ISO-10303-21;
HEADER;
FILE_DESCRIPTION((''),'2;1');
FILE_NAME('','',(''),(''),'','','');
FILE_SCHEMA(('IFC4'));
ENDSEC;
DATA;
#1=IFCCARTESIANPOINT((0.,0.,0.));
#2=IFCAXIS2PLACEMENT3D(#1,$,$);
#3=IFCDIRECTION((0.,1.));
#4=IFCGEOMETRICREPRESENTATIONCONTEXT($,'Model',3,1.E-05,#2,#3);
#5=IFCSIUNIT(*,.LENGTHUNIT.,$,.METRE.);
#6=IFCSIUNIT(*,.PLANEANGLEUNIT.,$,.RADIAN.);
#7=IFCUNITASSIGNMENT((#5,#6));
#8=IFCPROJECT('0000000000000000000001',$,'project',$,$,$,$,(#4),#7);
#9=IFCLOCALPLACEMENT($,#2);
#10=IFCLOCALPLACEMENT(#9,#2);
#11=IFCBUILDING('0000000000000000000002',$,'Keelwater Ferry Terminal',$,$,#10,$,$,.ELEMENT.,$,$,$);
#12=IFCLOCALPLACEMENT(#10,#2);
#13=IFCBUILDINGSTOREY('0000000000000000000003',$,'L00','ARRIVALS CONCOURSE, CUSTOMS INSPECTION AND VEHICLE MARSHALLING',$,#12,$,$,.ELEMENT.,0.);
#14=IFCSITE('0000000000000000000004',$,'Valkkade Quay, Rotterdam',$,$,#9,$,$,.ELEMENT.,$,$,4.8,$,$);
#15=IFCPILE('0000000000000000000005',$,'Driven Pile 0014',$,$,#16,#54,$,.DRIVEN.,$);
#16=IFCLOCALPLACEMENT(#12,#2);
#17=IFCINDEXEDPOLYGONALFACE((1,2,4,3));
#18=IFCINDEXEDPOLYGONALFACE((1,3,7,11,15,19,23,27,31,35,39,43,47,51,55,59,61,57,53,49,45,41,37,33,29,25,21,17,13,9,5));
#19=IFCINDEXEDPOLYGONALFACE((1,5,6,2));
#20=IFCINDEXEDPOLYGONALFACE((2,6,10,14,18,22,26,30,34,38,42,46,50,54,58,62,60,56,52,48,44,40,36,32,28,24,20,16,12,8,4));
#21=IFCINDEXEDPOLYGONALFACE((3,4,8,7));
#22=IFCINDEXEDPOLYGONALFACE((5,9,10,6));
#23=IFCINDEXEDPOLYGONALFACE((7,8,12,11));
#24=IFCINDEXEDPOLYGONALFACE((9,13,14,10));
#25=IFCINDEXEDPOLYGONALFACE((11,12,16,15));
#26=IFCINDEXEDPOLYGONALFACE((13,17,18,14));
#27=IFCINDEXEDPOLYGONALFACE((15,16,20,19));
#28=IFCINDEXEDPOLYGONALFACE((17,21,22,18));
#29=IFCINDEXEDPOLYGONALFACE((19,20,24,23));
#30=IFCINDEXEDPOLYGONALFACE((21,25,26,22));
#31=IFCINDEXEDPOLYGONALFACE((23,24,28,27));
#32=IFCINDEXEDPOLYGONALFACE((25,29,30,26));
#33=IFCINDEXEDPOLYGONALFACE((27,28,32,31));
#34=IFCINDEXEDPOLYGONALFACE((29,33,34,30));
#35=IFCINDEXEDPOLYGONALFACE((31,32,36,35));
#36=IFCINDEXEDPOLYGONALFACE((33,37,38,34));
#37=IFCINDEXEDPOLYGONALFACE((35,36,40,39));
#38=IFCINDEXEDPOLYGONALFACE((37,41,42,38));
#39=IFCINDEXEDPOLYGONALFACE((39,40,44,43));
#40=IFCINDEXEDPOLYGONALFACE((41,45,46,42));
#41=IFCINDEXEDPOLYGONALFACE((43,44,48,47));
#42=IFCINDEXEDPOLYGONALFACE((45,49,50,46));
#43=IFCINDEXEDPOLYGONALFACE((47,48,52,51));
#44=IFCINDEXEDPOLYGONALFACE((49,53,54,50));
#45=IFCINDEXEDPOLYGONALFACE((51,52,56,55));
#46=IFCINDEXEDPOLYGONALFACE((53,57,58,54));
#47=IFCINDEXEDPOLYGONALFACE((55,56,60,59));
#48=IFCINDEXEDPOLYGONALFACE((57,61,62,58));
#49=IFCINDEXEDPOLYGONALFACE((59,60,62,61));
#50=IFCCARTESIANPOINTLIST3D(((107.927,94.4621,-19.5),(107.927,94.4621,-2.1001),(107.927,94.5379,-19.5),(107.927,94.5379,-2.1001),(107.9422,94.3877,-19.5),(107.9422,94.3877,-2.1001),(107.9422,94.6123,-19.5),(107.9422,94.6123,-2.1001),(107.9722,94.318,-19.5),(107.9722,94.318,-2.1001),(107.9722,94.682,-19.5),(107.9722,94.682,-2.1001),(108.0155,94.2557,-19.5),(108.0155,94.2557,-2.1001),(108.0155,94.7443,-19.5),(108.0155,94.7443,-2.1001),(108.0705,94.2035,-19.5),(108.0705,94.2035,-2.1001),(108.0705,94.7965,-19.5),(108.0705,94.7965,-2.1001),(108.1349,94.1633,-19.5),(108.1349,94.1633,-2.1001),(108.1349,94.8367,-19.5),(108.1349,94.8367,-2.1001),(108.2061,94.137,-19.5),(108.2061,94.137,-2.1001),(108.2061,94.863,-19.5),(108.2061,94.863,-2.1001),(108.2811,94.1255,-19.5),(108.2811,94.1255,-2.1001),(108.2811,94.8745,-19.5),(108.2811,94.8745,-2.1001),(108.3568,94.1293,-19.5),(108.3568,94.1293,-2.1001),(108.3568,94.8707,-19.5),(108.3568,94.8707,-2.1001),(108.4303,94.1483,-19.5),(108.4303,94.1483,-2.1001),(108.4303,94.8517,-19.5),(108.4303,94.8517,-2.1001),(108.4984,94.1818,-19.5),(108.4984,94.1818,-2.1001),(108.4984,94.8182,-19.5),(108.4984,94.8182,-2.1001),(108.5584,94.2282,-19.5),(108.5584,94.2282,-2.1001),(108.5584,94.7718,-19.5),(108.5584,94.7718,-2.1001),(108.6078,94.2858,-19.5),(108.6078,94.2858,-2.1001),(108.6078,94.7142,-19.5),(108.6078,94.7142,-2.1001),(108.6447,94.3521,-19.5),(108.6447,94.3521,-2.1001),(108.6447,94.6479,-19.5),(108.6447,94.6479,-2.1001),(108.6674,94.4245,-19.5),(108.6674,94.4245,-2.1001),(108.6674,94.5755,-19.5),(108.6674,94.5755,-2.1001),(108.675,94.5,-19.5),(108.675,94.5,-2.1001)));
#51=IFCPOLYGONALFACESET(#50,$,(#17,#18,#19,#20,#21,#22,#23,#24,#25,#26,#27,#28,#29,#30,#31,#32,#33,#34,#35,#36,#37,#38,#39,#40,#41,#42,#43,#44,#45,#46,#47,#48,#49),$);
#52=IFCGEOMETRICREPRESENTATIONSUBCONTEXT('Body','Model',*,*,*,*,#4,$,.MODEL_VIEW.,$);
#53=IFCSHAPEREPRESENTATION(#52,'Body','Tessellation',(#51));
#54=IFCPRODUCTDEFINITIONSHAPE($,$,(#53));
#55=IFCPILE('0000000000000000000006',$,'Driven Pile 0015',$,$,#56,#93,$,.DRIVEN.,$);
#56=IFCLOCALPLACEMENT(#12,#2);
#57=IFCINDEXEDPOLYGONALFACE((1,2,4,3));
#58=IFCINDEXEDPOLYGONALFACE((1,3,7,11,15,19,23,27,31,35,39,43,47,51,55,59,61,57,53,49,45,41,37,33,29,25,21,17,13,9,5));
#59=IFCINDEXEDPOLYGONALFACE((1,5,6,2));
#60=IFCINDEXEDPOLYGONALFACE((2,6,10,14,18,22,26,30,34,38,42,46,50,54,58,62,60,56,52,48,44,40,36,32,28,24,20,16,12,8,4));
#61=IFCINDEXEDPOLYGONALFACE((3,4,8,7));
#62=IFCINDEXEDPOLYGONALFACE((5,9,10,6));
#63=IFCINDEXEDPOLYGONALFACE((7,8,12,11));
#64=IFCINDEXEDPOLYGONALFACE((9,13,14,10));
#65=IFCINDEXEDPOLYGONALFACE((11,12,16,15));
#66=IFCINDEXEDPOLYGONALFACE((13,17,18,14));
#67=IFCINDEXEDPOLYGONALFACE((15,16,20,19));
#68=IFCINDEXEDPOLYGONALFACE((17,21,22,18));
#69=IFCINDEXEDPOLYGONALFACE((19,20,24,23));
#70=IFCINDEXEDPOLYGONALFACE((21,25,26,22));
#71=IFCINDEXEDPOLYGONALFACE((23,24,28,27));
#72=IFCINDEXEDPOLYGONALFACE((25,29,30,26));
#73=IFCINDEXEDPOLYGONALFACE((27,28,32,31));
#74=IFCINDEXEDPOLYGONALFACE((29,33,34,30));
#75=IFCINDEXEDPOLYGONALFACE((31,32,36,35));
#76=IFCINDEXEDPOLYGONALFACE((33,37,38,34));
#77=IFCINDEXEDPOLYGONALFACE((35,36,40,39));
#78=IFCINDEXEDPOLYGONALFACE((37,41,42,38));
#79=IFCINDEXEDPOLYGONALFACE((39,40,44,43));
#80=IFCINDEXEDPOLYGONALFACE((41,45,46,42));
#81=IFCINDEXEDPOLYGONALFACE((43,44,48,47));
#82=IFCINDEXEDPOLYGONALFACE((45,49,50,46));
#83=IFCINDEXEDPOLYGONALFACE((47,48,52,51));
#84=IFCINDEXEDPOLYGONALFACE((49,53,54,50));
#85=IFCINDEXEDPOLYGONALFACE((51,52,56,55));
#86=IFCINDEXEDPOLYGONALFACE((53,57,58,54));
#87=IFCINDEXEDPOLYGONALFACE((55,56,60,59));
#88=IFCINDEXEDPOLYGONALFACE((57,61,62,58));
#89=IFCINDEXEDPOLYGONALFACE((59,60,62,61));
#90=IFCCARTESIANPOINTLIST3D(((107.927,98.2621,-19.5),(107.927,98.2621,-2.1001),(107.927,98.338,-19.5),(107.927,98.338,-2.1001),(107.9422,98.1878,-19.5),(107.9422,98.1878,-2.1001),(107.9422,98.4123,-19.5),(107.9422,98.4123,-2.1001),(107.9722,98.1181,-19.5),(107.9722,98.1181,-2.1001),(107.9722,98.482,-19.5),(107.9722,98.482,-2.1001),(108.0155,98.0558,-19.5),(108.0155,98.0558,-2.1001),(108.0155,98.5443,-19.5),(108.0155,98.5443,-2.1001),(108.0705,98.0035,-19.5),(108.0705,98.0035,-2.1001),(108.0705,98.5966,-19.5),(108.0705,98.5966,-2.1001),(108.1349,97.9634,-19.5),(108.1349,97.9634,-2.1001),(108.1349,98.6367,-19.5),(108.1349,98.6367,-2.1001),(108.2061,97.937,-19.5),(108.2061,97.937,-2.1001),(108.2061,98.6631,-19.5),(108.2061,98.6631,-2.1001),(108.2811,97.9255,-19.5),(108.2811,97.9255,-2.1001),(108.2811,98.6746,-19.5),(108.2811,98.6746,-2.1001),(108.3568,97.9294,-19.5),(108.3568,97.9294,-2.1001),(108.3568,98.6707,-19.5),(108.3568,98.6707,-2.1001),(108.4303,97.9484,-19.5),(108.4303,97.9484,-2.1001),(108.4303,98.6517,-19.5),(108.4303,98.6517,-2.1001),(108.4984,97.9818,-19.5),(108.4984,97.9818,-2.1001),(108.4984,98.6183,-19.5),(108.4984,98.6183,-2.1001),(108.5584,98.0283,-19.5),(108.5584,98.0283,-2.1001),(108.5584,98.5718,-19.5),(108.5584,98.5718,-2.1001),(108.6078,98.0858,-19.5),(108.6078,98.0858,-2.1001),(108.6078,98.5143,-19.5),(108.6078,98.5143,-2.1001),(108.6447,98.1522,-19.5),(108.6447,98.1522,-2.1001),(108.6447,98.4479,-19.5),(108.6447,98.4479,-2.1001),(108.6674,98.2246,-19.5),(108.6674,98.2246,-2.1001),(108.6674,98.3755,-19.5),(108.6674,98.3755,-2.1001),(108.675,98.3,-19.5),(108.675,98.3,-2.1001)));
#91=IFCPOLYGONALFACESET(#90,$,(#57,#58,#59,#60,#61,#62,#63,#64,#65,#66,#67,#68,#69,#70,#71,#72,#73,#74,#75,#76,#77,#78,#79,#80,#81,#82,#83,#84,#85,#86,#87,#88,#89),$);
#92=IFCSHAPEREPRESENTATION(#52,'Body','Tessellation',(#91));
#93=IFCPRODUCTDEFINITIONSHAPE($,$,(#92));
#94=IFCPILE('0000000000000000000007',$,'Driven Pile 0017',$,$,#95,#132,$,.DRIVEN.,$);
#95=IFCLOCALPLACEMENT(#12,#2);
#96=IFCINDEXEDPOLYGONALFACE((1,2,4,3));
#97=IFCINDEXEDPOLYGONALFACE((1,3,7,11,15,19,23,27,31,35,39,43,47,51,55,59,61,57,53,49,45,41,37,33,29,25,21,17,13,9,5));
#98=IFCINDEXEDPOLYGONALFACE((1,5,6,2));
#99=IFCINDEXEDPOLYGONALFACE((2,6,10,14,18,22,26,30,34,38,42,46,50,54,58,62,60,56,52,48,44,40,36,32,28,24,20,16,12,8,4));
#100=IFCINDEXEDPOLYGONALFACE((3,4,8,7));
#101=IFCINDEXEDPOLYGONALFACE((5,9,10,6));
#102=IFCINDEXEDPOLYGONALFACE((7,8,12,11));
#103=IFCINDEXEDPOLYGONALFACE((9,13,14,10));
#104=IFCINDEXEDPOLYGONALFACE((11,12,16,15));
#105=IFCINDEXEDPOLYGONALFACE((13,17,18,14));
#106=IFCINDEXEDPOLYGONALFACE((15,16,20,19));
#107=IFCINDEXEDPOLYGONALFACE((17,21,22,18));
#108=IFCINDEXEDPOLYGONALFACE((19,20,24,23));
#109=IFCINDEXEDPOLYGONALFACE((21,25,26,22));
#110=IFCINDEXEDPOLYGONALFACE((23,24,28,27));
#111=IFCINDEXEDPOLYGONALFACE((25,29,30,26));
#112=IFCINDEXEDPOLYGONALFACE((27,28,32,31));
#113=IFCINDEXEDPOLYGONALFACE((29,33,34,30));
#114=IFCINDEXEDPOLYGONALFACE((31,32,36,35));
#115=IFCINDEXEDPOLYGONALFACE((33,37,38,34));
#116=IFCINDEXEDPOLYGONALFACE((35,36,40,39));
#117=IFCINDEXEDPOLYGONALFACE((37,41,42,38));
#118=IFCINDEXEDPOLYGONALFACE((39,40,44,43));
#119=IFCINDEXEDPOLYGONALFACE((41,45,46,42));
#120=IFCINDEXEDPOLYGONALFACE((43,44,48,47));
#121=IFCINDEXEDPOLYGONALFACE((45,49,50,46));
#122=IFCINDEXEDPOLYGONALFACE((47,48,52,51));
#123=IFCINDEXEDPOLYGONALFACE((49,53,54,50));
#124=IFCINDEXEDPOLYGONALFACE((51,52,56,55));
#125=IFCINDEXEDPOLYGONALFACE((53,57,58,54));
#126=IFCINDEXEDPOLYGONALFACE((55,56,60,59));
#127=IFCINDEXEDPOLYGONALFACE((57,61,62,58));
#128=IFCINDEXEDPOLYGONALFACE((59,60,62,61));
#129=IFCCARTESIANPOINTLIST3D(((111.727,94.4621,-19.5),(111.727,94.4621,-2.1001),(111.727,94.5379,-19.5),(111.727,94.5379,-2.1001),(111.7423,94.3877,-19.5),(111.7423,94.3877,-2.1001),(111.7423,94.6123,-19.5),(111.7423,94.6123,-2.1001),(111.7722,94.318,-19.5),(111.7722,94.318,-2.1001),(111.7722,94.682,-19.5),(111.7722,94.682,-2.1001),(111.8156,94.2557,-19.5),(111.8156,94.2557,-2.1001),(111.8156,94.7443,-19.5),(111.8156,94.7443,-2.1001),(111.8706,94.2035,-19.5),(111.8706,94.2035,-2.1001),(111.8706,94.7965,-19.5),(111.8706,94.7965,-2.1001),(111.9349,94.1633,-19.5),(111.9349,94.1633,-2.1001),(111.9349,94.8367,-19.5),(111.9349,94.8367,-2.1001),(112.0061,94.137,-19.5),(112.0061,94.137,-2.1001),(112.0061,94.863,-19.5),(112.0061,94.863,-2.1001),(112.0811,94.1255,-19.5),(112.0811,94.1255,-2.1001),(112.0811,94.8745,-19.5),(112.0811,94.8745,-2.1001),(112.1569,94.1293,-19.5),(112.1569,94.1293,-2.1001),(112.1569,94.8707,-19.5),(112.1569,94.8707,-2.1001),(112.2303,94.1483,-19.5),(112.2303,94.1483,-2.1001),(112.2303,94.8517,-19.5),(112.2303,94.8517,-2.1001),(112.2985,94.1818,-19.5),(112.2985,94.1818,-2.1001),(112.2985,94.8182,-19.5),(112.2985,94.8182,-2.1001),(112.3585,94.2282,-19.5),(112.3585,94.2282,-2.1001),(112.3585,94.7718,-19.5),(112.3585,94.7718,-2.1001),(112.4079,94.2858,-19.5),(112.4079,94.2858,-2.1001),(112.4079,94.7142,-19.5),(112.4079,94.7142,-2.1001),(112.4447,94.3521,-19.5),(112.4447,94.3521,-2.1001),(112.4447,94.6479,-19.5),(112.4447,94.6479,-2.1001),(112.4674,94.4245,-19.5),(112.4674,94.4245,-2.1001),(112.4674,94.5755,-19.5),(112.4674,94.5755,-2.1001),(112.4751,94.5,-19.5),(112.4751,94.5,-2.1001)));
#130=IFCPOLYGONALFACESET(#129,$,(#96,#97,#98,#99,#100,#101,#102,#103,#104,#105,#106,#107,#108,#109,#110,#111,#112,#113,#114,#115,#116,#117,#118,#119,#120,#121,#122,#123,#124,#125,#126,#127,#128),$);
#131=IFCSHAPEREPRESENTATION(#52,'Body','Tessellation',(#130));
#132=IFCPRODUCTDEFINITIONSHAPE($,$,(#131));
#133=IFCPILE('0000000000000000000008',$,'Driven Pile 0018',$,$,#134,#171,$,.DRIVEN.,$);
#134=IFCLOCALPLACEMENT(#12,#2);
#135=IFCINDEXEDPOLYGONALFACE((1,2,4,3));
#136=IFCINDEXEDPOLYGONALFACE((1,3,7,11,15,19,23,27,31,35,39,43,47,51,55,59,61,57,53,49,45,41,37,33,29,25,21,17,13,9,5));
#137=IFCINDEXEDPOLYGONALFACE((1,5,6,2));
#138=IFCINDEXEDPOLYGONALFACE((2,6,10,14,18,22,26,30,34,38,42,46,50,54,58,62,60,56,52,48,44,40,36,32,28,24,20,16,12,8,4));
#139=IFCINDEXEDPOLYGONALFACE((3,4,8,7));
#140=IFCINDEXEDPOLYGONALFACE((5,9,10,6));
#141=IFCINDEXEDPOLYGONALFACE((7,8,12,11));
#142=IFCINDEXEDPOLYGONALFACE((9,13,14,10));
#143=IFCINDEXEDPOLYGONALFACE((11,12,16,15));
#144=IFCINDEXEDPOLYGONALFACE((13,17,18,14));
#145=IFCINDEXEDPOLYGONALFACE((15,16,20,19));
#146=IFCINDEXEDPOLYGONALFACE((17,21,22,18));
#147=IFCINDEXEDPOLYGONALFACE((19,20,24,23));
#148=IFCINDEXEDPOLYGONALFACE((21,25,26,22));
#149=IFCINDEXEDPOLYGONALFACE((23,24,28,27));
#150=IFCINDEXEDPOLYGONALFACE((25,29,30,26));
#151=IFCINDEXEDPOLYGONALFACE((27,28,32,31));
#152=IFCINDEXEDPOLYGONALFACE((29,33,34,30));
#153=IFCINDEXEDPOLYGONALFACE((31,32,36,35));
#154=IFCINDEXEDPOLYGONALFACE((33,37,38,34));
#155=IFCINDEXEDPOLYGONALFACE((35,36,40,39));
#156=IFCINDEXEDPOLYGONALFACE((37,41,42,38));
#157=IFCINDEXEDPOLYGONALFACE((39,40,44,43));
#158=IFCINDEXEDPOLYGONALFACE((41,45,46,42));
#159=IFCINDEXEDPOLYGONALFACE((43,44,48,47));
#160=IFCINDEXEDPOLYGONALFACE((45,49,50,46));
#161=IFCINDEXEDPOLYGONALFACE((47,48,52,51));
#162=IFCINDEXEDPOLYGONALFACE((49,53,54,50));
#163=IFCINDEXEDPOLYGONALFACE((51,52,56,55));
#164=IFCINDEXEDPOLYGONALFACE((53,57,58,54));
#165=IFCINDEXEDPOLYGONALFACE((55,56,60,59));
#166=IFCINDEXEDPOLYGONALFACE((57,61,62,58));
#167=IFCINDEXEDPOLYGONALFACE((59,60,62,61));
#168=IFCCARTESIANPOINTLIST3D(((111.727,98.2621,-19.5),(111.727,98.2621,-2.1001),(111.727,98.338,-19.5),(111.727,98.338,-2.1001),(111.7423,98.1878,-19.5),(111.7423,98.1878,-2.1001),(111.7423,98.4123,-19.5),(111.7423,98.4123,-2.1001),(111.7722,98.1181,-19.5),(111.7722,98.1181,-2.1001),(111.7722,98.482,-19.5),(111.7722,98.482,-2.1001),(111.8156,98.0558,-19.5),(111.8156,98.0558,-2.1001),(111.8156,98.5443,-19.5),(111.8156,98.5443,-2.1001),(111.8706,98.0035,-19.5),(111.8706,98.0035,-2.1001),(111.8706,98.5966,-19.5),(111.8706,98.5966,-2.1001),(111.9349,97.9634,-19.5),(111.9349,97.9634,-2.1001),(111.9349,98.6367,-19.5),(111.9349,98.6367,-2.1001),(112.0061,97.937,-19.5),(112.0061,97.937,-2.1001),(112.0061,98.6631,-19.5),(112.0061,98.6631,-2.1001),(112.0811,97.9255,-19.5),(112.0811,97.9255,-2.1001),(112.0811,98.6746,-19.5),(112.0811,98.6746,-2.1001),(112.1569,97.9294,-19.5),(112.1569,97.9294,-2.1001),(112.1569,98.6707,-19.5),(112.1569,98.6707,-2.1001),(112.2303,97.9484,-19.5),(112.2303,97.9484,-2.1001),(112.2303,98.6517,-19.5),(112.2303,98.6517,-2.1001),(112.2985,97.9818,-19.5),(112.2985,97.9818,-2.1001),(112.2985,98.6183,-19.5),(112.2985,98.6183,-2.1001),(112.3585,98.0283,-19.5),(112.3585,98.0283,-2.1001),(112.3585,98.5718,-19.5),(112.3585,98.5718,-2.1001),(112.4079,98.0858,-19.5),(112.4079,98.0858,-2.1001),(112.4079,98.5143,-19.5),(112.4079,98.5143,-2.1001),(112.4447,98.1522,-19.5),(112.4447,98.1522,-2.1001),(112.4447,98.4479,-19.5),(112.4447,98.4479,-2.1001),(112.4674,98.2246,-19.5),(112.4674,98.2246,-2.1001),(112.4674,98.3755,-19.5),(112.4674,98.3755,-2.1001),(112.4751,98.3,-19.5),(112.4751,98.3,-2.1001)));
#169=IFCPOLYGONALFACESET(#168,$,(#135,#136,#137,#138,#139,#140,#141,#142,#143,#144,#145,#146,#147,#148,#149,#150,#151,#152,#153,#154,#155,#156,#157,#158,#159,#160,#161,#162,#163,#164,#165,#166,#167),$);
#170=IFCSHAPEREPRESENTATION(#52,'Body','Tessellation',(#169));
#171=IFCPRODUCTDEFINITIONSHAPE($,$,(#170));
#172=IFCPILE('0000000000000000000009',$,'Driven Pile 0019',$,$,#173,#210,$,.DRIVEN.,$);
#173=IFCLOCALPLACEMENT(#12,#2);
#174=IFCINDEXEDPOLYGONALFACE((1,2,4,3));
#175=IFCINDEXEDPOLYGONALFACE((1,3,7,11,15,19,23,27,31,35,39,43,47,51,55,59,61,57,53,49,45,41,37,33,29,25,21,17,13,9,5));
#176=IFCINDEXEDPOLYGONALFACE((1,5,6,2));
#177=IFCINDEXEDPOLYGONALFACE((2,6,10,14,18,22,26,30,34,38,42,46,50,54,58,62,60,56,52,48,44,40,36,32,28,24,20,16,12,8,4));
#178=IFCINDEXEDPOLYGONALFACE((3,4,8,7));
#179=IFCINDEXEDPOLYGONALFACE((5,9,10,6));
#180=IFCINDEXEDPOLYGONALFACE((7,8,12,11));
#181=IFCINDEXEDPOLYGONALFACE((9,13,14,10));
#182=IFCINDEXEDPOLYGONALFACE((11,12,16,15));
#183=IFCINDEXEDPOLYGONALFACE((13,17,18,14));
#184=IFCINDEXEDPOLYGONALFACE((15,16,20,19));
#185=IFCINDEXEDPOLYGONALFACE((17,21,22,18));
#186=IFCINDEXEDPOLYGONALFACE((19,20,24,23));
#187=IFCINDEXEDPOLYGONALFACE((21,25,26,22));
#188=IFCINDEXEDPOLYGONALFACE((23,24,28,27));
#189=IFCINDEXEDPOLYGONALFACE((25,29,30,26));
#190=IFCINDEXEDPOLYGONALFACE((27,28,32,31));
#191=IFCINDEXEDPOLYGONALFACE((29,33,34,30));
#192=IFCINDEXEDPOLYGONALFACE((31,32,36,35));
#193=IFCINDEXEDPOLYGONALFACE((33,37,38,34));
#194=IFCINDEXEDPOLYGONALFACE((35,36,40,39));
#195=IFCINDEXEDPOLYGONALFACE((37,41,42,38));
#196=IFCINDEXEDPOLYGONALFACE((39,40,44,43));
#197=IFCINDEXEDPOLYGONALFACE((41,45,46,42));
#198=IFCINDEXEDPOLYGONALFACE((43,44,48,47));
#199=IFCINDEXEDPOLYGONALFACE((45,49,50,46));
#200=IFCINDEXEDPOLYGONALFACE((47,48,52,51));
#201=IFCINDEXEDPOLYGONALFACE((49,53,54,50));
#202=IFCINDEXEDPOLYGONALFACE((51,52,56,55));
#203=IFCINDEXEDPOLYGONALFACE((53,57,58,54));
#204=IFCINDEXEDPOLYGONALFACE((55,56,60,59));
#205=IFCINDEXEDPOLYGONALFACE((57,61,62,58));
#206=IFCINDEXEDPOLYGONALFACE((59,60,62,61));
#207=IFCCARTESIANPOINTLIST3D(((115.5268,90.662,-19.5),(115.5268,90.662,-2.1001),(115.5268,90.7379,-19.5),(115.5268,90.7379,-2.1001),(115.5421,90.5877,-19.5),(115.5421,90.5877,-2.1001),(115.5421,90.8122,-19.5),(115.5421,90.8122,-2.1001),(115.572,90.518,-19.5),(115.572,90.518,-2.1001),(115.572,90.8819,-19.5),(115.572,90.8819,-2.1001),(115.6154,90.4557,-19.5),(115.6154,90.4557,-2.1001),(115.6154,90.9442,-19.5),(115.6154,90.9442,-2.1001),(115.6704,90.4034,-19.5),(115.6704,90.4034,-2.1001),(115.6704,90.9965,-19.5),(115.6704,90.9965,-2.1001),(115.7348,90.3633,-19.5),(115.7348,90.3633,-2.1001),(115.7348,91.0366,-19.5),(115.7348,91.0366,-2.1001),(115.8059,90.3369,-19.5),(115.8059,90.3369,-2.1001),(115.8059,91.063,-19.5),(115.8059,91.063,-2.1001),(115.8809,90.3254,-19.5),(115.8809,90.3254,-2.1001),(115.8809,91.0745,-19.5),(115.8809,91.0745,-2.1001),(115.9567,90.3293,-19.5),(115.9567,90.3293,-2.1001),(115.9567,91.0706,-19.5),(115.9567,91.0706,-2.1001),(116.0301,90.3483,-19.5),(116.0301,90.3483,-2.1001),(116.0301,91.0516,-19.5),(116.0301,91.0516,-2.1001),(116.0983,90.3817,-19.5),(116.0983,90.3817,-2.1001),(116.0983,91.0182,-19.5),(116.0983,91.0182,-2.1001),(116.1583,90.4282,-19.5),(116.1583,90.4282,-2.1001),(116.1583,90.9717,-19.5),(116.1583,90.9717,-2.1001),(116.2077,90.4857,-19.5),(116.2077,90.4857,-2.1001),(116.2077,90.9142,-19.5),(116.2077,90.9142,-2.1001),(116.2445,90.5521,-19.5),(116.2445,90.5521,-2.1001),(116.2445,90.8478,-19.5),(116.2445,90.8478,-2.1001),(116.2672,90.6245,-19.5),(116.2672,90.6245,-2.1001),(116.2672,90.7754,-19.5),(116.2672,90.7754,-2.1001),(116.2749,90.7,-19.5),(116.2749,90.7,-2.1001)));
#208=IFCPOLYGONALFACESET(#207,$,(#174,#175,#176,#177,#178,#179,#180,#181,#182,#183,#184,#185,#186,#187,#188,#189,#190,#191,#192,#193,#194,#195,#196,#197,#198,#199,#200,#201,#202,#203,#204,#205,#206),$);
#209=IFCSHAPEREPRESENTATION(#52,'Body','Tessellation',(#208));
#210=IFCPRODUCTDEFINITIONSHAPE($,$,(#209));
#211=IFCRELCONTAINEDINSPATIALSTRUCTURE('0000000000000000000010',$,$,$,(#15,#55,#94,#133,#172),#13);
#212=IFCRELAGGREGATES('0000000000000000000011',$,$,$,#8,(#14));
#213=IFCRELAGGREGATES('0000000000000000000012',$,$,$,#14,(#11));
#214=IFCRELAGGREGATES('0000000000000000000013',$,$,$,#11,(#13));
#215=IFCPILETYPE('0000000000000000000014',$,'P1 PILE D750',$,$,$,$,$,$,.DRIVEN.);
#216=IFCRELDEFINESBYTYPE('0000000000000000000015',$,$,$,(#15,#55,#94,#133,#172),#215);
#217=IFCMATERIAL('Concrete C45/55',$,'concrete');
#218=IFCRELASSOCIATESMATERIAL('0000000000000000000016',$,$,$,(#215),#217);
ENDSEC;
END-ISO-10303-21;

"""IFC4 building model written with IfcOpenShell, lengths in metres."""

from ifc_helpers import new_model, si_unit, direction, frame, origin, origin_2d, place, context, subcontext, project, spatial, circle, extrude, material, material_profile, profile_set, type_object, element, save


model = new_model("IFC4")

# Units and contexts
model_context = context("Model", 3, precision=1e-05, world=origin(), true_north=direction((0.0, 1.0)))
body_context = subcontext(model_context, "Body", "Model", "MODEL_VIEW")
ifc_project = project(units=[si_unit("LENGTHUNIT", "METRE"), si_unit("PLANEANGLEUNIT", "RADIAN")], contexts=[model_context])

# Site, building, storey
site_placement = place(None, origin())
site = spatial("IfcSite", under=ifc_project, at=site_placement, Name="Valkkade Quay, Rotterdam", CompositionType="ELEMENT", RefElevation=4.8)
building_placement = place(site_placement, origin())
building = spatial("IfcBuilding", under=site, at=building_placement, Name="Keelwater Ferry Terminal", CompositionType="ELEMENT")
storey_placement = place(building_placement, origin())
storey = spatial("IfcBuildingStorey", under=building, at=storey_placement, Name="L00", Description="ARRIVALS CONCOURSE, CUSTOMS INSPECTION AND VEHICLE MARSHALLING", CompositionType="ELEMENT", Elevation=0.0)

# Piles
ifc_material_1 = material(Name="Concrete C45/55", Category="concrete")
ifc_material_profile_1 = material_profile(ifc_material_1, circle(Radius=0.375, at=origin_2d()), Name="PILE D750")
ifc_profile_set_1 = profile_set([ifc_material_profile_1], Name="Concrete C45/55")
pile_type = type_object("IfcPileType", Name="P1 PILE D750", PredefinedType="DRIVEN", material=ifc_profile_set_1)
for number, where, z_axis, x_axis, name in (
    (1, (108.3, 94.5, -2.1001), (0.0, 0.0, -1.0), (1.0, 0.0, 0.0), "Driven Pile 0014"),
    (2, (108.3, 98.3, -2.1001), (0.0, 0.0, -1.0), (1.0, 0.0, 0.0), "Driven Pile 0015"),
    (3, (112.1001, 94.5, -2.1001), (0.0, 0.0, -1.0), (1.0, 0.0, 0.0), "Driven Pile 0017"),
    (4, (112.1001, 98.3, -2.1001), (0.0, 0.0, -1.0), (1.0, 0.0, 0.0), "Driven Pile 0018"),
    (5, (115.8999, 90.7, -2.1001), (0.0, 0.0, -1.0), (1.0, 0.0, 0.0), "Driven Pile 0019"),
):
    element("IfcPile", number, at=place(storey_placement, frame(where, z_axis=z_axis, x_axis=x_axis)), inside=storey, type_object=pile_type, Name=name, PredefinedType="DRIVEN", context=body_context, shape_type="SweptSolid", body=[
        extrude(circle(Radius=0.375, at=origin_2d()), origin(), (0.0, 0.0, 1.0), 17.3999),
    ])

save(model, "model.ifc")
